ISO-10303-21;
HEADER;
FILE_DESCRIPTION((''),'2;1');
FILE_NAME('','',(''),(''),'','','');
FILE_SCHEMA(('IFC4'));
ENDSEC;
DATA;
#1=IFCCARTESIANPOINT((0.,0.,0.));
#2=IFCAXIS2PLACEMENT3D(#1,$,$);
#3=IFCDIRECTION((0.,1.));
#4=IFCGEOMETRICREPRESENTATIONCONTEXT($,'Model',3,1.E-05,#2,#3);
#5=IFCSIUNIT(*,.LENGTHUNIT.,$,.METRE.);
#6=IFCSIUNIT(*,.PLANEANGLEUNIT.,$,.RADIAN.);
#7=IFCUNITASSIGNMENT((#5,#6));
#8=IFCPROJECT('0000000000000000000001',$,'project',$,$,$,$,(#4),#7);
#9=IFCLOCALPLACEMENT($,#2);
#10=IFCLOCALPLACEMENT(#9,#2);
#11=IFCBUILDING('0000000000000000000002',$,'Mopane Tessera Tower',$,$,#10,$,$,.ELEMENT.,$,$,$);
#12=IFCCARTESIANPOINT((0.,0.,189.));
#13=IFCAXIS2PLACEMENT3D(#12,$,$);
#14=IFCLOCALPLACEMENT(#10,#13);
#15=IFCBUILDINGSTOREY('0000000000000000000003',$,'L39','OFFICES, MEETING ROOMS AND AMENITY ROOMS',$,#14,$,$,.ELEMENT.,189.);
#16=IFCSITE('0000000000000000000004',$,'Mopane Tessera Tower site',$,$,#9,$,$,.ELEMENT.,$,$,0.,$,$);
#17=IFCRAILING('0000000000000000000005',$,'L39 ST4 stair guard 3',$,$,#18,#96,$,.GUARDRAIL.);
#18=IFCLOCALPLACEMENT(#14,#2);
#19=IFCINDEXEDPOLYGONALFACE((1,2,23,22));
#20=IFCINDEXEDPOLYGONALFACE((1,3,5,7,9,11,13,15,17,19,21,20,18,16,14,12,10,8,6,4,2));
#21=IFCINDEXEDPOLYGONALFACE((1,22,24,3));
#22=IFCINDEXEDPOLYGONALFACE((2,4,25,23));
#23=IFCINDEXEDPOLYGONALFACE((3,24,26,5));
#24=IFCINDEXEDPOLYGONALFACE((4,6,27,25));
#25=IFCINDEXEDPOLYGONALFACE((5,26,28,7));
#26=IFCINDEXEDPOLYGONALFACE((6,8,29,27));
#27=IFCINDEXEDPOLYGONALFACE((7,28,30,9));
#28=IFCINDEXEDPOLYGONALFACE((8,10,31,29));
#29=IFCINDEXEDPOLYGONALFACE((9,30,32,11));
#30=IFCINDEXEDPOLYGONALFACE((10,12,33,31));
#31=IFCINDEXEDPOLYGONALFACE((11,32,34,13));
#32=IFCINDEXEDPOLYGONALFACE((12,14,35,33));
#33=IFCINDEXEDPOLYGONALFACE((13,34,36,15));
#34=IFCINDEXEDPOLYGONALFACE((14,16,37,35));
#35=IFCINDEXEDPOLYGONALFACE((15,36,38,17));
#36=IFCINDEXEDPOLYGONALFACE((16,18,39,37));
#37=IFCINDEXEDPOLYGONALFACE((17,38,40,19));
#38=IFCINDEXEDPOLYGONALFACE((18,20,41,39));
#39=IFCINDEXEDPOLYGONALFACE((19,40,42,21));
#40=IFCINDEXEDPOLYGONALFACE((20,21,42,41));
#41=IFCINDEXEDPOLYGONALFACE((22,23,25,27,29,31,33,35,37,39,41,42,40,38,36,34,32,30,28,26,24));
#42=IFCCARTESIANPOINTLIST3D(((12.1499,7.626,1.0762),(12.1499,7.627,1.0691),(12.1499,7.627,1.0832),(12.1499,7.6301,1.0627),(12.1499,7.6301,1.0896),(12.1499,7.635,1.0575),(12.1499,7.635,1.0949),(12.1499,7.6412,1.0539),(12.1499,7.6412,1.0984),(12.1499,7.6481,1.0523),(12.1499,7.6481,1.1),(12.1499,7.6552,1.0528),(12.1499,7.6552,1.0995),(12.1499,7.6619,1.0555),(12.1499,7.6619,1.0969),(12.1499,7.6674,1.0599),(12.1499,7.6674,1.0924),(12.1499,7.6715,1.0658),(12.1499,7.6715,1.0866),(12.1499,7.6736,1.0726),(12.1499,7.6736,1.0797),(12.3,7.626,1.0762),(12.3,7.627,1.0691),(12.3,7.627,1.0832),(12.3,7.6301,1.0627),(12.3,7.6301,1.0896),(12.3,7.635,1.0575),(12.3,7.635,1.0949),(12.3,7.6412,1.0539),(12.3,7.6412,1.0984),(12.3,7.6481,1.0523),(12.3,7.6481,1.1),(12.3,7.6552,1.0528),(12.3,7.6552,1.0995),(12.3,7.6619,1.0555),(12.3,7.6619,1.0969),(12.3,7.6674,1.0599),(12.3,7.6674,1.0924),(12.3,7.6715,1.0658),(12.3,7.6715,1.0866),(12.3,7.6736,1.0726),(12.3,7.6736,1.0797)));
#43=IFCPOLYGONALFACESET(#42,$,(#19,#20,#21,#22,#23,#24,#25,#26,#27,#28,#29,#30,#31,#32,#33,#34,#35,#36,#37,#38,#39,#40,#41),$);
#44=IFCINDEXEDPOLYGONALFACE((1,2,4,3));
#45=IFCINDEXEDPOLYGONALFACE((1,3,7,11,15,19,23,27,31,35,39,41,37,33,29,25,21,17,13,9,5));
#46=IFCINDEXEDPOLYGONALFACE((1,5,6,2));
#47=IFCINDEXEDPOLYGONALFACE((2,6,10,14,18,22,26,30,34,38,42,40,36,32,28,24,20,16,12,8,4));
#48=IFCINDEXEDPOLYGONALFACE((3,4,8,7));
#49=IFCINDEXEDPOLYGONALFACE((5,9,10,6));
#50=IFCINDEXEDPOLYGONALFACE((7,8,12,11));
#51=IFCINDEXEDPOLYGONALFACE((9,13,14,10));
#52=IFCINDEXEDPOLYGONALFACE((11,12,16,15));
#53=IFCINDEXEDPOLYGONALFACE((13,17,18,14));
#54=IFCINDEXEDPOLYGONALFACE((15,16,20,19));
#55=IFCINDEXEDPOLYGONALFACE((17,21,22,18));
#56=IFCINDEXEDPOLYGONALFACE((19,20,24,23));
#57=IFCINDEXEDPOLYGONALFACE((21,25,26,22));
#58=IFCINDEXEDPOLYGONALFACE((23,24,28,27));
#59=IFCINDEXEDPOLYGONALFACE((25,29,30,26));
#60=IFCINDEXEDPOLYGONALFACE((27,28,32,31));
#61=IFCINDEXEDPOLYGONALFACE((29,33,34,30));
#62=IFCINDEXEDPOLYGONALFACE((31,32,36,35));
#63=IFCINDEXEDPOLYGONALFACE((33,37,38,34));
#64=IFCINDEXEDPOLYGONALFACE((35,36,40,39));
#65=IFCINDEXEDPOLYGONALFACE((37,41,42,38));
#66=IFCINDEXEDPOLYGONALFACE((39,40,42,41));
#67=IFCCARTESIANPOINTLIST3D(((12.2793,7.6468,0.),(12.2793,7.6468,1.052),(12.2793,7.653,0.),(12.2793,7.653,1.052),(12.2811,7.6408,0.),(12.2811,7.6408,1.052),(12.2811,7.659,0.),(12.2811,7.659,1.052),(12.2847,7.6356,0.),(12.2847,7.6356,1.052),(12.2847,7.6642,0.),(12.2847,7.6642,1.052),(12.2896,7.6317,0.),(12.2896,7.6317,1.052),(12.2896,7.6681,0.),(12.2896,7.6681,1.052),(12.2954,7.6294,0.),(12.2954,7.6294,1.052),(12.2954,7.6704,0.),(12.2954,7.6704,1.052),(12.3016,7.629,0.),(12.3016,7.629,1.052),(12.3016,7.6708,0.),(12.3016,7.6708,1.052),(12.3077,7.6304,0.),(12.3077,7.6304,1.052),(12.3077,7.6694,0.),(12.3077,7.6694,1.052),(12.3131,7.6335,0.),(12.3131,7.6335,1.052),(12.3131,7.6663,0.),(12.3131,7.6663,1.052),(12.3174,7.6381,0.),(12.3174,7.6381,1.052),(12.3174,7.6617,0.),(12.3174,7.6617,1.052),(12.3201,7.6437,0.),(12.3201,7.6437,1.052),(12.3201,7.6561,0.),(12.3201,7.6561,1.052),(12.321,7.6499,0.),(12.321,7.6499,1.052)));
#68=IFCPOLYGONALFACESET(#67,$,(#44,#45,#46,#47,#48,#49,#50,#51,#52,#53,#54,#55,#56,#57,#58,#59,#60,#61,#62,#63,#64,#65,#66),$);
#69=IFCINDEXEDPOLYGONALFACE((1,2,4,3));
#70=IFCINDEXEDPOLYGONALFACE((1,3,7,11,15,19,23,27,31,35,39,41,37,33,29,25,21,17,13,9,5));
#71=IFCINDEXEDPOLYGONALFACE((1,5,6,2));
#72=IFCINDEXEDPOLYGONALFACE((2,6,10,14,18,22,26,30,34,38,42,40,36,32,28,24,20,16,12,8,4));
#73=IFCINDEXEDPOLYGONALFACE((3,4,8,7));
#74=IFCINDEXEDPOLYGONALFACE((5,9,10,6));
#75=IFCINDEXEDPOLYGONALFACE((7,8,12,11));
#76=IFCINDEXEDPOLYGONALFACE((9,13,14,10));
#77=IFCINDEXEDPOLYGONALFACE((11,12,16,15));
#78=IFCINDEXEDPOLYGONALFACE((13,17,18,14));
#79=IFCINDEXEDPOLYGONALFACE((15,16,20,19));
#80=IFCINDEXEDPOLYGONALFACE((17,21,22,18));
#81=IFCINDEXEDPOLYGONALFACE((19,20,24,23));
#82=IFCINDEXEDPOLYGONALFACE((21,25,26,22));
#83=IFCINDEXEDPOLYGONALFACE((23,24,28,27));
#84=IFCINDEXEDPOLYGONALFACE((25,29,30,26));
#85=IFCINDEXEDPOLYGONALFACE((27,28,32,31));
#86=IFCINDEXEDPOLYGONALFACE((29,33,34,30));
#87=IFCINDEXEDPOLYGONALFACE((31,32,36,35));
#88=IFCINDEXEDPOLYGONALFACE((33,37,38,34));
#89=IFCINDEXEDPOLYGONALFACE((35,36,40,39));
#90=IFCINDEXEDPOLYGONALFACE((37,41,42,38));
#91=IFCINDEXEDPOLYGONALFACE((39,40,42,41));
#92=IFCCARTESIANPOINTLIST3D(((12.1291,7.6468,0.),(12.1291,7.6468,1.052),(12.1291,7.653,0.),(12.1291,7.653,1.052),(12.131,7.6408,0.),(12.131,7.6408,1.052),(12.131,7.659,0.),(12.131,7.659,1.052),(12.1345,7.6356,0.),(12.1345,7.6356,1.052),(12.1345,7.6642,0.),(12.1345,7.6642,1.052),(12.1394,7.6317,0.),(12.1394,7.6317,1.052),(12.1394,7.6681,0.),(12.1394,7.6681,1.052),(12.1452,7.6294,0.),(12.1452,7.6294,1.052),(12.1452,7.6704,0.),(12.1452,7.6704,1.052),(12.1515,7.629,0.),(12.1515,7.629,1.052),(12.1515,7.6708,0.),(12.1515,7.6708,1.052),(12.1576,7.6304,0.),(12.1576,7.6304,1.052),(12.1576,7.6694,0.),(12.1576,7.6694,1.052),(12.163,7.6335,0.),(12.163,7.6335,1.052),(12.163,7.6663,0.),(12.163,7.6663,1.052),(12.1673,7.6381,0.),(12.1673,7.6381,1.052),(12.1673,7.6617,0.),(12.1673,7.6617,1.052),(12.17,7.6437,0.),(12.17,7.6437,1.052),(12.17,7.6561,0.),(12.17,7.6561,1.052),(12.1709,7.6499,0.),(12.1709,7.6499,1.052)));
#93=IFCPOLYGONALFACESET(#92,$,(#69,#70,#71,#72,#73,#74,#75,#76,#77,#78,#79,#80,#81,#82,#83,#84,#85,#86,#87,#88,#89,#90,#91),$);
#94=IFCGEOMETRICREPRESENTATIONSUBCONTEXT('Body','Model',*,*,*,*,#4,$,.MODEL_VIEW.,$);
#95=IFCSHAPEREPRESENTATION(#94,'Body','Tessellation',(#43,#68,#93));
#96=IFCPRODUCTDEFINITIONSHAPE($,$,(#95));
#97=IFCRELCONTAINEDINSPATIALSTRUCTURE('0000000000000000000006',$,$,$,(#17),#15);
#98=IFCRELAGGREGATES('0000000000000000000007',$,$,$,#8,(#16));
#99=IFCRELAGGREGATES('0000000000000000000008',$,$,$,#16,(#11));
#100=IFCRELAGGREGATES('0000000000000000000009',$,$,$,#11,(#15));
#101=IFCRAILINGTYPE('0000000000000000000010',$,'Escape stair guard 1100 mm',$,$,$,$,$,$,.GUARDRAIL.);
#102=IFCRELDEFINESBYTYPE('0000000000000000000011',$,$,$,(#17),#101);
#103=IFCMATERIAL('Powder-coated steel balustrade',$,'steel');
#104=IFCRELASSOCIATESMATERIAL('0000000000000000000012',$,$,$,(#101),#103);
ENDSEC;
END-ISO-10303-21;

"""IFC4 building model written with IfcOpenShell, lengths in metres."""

from ifc_helpers import new_model, si_unit, direction, frame, origin, origin_2d, place, context, subcontext, project, spatial, circle, extrude, material, type_object, element, save


model = new_model("IFC4")

# Units and contexts
model_context = context("Model", 3, precision=1e-05, world=origin(), true_north=direction((0.0, 1.0)))
body_context = subcontext(model_context, "Body", "Model", "MODEL_VIEW")
ifc_project = project(units=[si_unit("LENGTHUNIT", "METRE"), si_unit("PLANEANGLEUNIT", "RADIAN")], contexts=[model_context])

# Site, building, storey
site_placement = place(None, origin())
site = spatial("IfcSite", under=ifc_project, at=site_placement, Name="Mopane Tessera Tower site", CompositionType="ELEMENT", RefElevation=0.0)
building_placement = place(site_placement, origin())
building = spatial("IfcBuilding", under=site, at=building_placement, Name="Mopane Tessera Tower", CompositionType="ELEMENT")
storey_placement = place(building_placement, frame((0.0, 0.0, 189.0)))
storey = spatial("IfcBuildingStorey", under=building, at=storey_placement, Name="L39", Description="OFFICES, MEETING ROOMS AND AMENITY ROOMS", CompositionType="ELEMENT", Elevation=189.0)

# Railing
ifc_material_1 = material(Name="Powder-coated steel balustrade", Category="steel")
railing_type_1 = type_object("IfcRailingType", Name="Escape stair guard 1100 mm", PredefinedType="GUARDRAIL", material=ifc_material_1)
railing_1_placement = place(storey_placement, frame((12.3, 7.6499, 0.0)))
element("IfcRailing", 1, at=railing_1_placement, inside=storey, type_object=railing_type_1, Name="L39 ST4 stair guard 3", PredefinedType="GUARDRAIL", context=body_context, shape_type="SweptSolid", body=[
    extrude(circle(Radius=0.0239, at=origin_2d()), frame((0.0, 0.0, 1.0762), z_axis=(-1.0, 0.0, 0.0), x_axis=(0.0, -1.0, 0.0)), (0.0, 0.0, 1.0), 0.1501),
    extrude(circle(Radius=0.021, at=origin_2d()), origin(), (0.0, 0.0, 1.0), 1.052),
    extrude(circle(Radius=0.021, at=origin_2d()), frame((-0.1501, 0.0, 0.0)), (0.0, 0.0, 1.0), 1.052),
])

save(model, "model.ifc")
